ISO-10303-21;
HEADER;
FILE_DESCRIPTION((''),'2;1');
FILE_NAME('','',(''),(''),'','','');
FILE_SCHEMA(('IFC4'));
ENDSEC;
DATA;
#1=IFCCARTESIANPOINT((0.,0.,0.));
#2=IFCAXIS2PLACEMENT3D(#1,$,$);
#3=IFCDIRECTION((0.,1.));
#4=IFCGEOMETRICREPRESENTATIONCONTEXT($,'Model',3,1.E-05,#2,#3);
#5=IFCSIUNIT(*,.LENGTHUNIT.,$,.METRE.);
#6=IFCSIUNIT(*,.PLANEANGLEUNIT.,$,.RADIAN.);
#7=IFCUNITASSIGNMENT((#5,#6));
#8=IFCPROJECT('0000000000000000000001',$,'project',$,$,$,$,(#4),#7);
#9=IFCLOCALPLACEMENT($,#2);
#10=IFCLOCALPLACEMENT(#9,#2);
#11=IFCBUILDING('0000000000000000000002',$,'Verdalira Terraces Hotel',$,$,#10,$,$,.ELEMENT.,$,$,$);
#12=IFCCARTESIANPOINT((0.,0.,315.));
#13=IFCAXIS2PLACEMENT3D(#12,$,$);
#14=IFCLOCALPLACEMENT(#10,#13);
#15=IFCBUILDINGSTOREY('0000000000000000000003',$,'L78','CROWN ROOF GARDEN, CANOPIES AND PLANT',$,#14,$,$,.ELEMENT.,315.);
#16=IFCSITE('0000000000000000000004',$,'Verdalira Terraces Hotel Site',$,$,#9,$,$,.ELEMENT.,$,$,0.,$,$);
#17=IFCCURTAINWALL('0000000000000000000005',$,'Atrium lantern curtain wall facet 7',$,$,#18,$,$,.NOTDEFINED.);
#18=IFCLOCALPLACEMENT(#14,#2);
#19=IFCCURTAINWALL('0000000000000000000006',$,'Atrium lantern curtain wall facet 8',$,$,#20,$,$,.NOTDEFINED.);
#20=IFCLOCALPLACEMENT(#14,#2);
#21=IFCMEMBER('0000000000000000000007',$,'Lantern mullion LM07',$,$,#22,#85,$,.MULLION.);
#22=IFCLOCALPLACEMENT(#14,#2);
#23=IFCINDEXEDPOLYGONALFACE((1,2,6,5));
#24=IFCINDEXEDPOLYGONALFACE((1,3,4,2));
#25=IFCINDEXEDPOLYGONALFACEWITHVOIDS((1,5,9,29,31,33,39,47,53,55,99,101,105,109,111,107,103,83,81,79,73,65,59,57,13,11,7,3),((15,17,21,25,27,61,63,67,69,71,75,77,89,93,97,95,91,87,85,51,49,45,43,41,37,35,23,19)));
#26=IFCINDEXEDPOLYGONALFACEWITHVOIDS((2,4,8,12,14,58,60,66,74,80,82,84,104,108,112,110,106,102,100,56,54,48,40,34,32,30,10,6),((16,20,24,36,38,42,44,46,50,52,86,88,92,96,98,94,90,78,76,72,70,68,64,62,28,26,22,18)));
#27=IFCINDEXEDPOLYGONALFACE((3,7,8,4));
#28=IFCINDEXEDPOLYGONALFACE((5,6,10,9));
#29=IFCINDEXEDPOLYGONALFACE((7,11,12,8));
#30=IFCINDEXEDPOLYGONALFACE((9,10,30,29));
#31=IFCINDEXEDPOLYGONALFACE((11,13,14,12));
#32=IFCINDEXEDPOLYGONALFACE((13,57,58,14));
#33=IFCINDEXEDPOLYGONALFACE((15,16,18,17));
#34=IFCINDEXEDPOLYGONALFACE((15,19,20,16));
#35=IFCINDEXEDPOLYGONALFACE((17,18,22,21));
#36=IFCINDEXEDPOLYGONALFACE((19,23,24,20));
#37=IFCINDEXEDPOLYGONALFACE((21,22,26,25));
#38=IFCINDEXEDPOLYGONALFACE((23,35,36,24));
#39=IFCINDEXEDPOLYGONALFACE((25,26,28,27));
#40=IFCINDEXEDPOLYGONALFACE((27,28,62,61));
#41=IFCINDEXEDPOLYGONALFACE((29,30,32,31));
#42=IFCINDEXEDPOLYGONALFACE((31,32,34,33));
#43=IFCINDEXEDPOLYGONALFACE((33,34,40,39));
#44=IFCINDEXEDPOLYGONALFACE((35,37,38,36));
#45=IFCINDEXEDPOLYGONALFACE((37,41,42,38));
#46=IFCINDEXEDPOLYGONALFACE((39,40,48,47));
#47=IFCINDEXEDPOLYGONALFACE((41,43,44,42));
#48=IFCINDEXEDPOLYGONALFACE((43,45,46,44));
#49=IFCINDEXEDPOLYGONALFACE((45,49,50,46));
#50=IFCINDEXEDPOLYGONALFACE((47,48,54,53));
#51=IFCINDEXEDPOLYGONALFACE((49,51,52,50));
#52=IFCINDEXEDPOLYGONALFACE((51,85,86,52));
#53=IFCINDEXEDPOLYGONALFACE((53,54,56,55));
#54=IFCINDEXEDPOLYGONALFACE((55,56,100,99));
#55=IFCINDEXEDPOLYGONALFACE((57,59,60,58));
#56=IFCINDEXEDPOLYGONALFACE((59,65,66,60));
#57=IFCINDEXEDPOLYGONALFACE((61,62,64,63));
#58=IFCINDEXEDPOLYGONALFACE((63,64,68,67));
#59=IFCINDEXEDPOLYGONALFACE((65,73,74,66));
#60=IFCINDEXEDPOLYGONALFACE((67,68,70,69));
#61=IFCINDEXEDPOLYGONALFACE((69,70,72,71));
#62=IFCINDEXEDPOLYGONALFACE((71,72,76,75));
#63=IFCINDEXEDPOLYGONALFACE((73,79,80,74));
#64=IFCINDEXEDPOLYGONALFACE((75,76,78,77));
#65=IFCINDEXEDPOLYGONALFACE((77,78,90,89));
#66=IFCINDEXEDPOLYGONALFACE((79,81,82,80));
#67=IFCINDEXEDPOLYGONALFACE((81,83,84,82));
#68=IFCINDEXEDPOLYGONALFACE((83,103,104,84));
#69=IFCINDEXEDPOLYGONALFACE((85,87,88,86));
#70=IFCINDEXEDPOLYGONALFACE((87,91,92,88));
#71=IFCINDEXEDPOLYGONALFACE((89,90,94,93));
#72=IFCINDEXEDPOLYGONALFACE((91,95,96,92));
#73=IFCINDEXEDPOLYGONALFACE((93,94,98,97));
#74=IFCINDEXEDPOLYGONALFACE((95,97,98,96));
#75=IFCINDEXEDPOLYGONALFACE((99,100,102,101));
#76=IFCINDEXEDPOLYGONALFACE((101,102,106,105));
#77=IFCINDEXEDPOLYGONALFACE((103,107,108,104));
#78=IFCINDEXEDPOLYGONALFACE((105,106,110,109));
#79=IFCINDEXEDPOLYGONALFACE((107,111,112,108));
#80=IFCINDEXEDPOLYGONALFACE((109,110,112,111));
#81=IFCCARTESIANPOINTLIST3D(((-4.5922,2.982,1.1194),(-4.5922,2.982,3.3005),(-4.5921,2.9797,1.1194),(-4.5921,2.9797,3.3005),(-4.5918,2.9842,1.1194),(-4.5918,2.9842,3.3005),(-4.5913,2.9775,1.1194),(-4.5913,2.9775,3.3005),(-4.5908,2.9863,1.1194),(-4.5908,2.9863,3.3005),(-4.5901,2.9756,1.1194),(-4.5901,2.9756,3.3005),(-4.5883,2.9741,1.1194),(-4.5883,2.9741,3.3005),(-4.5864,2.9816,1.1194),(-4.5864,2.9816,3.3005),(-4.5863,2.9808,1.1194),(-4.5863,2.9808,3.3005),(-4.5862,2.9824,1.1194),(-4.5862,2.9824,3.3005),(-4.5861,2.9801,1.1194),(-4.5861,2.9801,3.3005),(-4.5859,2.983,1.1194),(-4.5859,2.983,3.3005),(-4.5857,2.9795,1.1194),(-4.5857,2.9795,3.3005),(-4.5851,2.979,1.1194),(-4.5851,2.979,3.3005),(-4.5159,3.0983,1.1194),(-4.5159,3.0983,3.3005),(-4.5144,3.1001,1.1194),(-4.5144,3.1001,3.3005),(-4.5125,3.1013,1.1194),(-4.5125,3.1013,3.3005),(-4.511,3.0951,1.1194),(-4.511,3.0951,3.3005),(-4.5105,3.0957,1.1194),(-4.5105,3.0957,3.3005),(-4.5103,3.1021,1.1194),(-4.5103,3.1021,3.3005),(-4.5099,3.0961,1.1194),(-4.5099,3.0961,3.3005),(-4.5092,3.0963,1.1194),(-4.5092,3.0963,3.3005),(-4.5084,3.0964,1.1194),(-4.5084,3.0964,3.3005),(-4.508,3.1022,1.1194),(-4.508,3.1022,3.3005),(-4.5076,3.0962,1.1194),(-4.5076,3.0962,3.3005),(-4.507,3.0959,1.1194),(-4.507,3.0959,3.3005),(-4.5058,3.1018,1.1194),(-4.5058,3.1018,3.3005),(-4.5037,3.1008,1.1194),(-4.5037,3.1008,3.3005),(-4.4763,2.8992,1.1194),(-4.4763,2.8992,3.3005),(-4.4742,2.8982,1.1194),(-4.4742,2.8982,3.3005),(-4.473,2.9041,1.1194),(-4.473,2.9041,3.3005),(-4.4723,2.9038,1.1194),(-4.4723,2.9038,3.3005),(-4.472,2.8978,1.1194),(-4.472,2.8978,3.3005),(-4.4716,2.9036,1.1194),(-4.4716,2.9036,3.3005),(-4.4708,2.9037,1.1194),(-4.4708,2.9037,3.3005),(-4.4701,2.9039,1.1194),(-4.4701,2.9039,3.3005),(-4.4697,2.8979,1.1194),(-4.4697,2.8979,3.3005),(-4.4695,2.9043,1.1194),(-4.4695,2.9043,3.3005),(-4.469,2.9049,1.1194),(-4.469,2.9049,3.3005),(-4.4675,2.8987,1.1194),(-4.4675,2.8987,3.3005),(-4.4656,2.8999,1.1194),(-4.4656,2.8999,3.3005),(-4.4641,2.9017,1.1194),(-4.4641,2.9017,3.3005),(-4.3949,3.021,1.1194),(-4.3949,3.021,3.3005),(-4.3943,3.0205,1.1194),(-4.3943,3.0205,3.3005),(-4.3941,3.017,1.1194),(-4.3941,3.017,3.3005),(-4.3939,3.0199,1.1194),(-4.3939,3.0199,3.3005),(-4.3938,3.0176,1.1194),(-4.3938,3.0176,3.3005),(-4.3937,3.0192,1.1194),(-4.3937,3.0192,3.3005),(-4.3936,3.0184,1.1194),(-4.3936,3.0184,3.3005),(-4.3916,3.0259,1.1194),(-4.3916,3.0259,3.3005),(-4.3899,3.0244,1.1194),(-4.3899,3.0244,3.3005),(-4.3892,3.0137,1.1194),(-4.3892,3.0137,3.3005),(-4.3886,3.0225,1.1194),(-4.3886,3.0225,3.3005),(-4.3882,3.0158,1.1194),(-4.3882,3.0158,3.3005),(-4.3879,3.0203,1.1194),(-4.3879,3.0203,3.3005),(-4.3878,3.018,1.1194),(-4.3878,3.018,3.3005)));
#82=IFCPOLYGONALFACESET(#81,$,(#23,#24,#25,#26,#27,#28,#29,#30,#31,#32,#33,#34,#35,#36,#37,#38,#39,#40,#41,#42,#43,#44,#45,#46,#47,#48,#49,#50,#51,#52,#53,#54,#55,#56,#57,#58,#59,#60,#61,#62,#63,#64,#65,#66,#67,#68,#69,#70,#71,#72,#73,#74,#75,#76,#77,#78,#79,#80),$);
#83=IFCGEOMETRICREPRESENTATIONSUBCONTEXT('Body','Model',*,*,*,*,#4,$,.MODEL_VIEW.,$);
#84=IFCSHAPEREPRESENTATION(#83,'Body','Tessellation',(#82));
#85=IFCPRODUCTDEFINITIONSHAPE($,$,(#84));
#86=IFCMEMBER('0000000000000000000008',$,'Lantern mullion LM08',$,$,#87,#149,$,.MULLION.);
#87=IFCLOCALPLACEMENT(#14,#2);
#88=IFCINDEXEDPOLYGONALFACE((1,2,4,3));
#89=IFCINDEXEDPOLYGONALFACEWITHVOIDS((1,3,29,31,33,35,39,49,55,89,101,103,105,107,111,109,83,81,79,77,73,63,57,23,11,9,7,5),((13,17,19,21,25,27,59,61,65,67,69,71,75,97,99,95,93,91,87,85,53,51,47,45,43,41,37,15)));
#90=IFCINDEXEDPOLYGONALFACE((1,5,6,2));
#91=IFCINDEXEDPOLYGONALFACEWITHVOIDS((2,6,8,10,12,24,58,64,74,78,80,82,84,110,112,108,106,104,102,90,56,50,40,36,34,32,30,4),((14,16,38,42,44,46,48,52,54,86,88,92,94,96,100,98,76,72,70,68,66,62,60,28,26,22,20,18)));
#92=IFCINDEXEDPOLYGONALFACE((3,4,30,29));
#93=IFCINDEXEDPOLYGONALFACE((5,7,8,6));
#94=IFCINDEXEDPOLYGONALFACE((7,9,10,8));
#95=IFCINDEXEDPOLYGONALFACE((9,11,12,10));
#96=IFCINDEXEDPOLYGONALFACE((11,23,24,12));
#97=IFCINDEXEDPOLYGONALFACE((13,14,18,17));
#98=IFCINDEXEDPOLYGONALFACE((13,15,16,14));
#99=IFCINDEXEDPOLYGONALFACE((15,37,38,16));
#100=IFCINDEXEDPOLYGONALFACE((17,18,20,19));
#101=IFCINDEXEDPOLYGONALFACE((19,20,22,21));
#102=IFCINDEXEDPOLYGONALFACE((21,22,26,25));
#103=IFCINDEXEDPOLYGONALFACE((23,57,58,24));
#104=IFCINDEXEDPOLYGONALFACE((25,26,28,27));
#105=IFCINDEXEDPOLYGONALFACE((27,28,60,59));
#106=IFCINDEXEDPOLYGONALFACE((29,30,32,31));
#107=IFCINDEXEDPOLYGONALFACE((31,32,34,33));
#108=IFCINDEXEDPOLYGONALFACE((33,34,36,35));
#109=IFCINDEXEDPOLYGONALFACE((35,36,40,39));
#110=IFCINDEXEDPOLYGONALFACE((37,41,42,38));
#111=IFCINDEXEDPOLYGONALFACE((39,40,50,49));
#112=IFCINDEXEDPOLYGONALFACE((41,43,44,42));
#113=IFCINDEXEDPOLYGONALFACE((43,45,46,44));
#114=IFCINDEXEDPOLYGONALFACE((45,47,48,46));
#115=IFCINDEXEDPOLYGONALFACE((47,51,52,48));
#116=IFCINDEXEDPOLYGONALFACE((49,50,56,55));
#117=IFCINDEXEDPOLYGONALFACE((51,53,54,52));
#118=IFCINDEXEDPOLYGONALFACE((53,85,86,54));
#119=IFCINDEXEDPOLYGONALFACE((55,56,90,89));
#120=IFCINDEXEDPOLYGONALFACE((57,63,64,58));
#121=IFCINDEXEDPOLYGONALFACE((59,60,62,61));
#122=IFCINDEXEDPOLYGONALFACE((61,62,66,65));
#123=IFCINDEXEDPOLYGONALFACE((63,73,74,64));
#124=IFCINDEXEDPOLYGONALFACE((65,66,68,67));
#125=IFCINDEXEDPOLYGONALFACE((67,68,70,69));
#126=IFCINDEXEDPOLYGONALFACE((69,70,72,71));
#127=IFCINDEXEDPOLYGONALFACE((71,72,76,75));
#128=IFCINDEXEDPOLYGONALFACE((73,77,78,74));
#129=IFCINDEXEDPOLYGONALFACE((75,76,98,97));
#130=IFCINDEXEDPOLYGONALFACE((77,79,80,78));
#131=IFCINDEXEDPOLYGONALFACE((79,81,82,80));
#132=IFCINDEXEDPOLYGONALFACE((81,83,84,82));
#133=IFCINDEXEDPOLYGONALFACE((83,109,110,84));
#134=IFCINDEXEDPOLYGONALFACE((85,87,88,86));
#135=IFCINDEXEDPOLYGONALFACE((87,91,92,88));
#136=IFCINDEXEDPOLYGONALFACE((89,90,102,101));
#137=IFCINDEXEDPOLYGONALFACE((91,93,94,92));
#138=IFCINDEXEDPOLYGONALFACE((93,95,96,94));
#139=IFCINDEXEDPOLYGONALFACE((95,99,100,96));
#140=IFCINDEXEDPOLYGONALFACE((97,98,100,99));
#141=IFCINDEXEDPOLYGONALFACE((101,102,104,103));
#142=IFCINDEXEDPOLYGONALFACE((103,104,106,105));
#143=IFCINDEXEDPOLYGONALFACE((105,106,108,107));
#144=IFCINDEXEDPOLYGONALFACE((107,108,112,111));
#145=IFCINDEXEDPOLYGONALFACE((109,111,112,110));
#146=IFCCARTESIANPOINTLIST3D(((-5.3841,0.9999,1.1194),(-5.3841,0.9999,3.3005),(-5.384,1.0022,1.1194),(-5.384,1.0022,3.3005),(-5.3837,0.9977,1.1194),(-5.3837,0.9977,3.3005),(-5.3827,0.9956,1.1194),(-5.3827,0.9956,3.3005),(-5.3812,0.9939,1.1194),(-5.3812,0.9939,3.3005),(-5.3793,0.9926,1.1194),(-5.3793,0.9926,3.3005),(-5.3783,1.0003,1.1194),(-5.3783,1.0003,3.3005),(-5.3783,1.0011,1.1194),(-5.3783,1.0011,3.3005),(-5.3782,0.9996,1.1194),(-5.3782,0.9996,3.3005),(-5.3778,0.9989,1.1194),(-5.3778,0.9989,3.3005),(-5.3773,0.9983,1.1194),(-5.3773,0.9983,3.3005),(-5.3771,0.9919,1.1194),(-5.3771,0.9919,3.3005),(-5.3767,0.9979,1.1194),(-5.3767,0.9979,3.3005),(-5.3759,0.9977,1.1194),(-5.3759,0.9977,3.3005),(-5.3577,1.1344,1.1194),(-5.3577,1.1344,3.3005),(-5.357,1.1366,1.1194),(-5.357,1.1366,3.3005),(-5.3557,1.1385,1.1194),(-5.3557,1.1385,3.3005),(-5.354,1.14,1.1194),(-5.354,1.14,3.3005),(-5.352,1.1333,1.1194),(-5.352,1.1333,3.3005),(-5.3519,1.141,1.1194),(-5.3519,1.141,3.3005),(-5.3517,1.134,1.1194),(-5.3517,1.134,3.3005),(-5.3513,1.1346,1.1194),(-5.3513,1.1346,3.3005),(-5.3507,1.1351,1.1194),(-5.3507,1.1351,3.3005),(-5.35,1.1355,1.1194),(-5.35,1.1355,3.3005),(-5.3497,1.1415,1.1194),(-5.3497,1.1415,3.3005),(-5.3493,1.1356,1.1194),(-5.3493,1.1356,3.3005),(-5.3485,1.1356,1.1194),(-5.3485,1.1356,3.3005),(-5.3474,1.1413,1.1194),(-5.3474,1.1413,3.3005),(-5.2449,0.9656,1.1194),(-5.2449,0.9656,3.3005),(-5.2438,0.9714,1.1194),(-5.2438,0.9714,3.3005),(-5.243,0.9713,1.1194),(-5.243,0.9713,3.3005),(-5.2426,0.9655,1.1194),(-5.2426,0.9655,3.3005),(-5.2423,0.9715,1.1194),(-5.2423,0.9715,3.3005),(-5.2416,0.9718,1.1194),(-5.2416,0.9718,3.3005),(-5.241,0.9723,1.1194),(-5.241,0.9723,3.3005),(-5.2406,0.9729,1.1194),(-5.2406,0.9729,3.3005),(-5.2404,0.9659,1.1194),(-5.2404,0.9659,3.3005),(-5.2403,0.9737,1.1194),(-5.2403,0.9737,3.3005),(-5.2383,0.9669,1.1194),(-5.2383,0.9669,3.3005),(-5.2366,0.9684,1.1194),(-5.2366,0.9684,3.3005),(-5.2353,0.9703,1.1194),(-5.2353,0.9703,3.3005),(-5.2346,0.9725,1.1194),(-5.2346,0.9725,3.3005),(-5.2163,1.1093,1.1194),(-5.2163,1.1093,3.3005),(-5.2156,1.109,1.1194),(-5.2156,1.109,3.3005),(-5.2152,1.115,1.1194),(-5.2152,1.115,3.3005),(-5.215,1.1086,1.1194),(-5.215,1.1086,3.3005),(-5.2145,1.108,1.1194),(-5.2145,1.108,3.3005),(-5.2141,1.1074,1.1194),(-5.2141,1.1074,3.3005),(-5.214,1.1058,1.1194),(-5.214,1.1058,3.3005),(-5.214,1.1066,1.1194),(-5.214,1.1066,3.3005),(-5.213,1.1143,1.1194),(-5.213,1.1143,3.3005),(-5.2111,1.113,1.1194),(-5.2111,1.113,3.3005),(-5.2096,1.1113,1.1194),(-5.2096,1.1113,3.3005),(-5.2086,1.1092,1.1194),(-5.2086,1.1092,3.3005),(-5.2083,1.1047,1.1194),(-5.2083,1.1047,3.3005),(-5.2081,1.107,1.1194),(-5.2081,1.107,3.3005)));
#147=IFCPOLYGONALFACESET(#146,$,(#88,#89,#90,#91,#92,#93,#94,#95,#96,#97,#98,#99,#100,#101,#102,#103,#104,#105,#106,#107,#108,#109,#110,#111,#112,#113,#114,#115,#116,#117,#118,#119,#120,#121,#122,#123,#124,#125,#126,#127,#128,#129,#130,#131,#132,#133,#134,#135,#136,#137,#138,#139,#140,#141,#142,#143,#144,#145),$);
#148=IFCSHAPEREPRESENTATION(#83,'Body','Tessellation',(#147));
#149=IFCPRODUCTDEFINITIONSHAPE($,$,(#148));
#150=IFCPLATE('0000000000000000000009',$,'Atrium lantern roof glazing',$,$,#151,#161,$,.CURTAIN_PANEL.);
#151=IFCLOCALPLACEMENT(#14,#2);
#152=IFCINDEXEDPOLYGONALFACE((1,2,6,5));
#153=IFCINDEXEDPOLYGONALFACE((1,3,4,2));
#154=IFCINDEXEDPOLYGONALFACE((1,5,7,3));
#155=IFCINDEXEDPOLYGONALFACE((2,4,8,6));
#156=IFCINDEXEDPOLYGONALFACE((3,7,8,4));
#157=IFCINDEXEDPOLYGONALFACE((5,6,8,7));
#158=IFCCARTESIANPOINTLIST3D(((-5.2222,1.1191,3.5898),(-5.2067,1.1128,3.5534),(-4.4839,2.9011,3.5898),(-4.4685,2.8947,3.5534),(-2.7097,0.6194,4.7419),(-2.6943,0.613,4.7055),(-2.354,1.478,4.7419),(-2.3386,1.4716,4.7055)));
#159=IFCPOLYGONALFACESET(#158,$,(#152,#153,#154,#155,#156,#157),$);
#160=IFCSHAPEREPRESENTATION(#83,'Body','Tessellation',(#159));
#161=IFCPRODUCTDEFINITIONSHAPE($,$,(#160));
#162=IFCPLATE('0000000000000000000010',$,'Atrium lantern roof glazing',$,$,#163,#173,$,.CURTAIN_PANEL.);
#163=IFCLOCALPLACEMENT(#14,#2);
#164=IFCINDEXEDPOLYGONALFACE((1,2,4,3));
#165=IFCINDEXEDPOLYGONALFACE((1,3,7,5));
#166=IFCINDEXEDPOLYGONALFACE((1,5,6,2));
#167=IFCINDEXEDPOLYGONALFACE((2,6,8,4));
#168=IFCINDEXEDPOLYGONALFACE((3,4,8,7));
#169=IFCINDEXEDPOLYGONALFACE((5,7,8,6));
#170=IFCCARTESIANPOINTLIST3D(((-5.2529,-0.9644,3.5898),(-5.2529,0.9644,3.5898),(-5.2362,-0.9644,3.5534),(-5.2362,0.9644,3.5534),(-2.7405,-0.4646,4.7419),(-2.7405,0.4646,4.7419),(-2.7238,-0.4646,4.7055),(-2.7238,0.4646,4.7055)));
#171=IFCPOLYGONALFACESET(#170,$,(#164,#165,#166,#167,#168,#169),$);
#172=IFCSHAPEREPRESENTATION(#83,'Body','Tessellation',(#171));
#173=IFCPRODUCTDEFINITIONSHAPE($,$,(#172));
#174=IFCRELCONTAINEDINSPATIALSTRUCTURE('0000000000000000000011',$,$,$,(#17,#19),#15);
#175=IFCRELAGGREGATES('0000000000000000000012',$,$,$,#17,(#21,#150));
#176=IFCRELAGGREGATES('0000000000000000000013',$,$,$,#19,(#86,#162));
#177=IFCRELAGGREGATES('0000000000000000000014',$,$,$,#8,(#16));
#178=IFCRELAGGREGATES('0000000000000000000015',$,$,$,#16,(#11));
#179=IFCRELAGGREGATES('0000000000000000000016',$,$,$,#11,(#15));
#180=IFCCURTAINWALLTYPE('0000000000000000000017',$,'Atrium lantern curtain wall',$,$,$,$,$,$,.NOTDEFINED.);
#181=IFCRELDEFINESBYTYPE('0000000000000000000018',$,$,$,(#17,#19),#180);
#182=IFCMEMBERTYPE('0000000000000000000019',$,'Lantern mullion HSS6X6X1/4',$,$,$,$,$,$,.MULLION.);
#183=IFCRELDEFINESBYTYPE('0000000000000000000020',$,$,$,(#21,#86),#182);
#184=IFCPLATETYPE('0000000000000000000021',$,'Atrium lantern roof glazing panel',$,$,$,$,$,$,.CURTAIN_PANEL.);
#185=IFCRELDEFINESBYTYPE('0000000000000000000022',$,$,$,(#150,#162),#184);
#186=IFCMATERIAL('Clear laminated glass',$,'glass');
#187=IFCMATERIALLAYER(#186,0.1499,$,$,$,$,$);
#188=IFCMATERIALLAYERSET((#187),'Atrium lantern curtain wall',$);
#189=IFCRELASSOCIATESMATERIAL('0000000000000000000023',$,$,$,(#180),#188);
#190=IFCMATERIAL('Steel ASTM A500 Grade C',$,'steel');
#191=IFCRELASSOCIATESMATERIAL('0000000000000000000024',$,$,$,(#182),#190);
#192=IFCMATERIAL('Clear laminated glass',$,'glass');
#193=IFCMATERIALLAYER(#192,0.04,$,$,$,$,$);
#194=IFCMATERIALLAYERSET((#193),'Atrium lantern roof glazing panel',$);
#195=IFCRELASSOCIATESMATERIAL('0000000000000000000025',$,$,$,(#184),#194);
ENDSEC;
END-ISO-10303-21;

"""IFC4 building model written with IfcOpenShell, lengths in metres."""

from ifc_helpers import new_model, si_unit, direction, frame, origin, origin_2d, place, context, subcontext, project, spatial, polyline, hollow_rectangle, outline, extrude, material, layer, layer_set, material_profile, profile_set, type_object, element, aggregate, save


model = new_model("IFC4")

# Units and contexts
model_context = context("Model", 3, precision=1e-05, world=origin(), true_north=direction((0.0, 1.0)))
body_context = subcontext(model_context, "Body", "Model", "MODEL_VIEW")
ifc_project = project(units=[si_unit("LENGTHUNIT", "METRE"), si_unit("PLANEANGLEUNIT", "RADIAN")], contexts=[model_context])

# Site, building, storey
site_placement = place(None, origin())
site = spatial("IfcSite", under=ifc_project, at=site_placement, Name="Verdalira Terraces Hotel Site", CompositionType="ELEMENT", RefElevation=0.0)
building_placement = place(site_placement, origin())
building = spatial("IfcBuilding", under=site, at=building_placement, Name="Verdalira Terraces Hotel", CompositionType="ELEMENT")
storey_placement = place(building_placement, frame((0.0, 0.0, 315.0)))
storey = spatial("IfcBuildingStorey", under=building, at=storey_placement, Name="L78", Description="CROWN ROOF GARDEN, CANOPIES AND PLANT", CompositionType="ELEMENT", Elevation=315.0)

# Curtain wall
ifc_material_1 = material(Name="Clear laminated glass", Category="glass")
ifc_layer_1 = layer(ifc_material_1, 0.1499)
ifc_layer_set_1 = layer_set([ifc_layer_1], Name="Atrium lantern curtain wall")
curtain_wall_type = type_object("IfcCurtainWallType", Name="Atrium lantern curtain wall", PredefinedType="NOTDEFINED", material=ifc_layer_set_1)
curtain_wall_1_placement = place(storey_placement, origin())
curtain_wall_1 = element("IfcCurtainWall", 1, at=curtain_wall_1_placement, inside=storey, type_object=curtain_wall_type, Name="Atrium lantern curtain wall facet 7", PredefinedType="NOTDEFINED")

# Curtain wall
curtain_wall_2_placement = place(storey_placement, origin())
curtain_wall_2 = element("IfcCurtainWall", 2, at=curtain_wall_2_placement, inside=storey, type_object=curtain_wall_type, Name="Atrium lantern curtain wall facet 8", PredefinedType="NOTDEFINED")

# Members
ifc_material_2 = material(Name="Steel ASTM A500 Grade C", Category="steel")
ifc_material_profile_1 = material_profile(ifc_material_2, hollow_rectangle(XDim=0.1523, YDim=0.1523, WallThickness=0.0059, InnerFilletRadius=0.0029, OuterFilletRadius=0.0088, at=origin_2d()), Name="HSS6X6X1/4")
ifc_profile_set_1 = profile_set([ifc_material_profile_1], Name="Steel ASTM A500 Grade C")
member_type_1 = type_object("IfcMemberType", Name="Lantern mullion HSS6X6X1/4", PredefinedType="MULLION", material=ifc_profile_set_1)
member_1_placement = place(storey_placement, frame((-4.49, 3.0, 1.1194), z_axis=(0.0, 0.0, 1.0), x_axis=(-0.83147, 0.55557, 0.0)))
member_1 = element("IfcMember", 3, at=member_1_placement, type_object=member_type_1, Name="Lantern mullion LM07", PredefinedType="MULLION", context=body_context, shape_type="SweptSolid", body=[
    extrude(hollow_rectangle(XDim=0.1523, YDim=0.1523, WallThickness=0.0059, InnerFilletRadius=0.0029, OuterFilletRadius=0.0088, at=origin_2d()), origin(), (0.0, 0.0, 1.0), 2.1812),
])
member_2_placement = place(storey_placement, frame((-5.2961, 1.0535, 1.1194), z_axis=(0.0, 0.0, 1.0), x_axis=(-0.980785, 0.19509, 0.0)))
member_2 = element("IfcMember", 4, at=member_2_placement, type_object=member_type_1, Name="Lantern mullion LM08", PredefinedType="MULLION", context=body_context, shape_type="SweptSolid", body=[
    extrude(hollow_rectangle(XDim=0.1523, YDim=0.1523, WallThickness=0.0059, InnerFilletRadius=0.0029, OuterFilletRadius=0.0088, at=origin_2d()), origin(), (0.0, 0.0, 1.0), 2.1812),
])

# Plates
ifc_material_3 = material(Name="Clear laminated glass", Category="glass")
ifc_layer_2 = layer(ifc_material_3, 0.04)
ifc_layer_set_2 = layer_set([ifc_layer_2], Name="Atrium lantern roof glazing panel")
plate_type = type_object("IfcPlateType", Name="Atrium lantern roof glazing panel", PredefinedType="CURTAIN_PANEL", material=ifc_layer_set_2)
plate_1_placement = place(storey_placement, frame((-4.4839, 2.9011, 3.5898), z_axis=(-0.385089, 0.15954, 0.908985), x_axis=(-0.382753, -0.923851, -0.000003)))
plate_1 = element("IfcPlate", 5, at=plate_1_placement, type_object=plate_type, Name="Atrium lantern roof glazing", PredefinedType="CURTAIN_PANEL", context=body_context, shape_type="SweptSolid", body=[
    extrude(outline(polyline([(0.0, 0.0), (1.9289, 0.0), (1.4289, 2.764), (0.4995, 2.764), (0.0, 0.0)])), origin(), (0.0, 0.0, -1.0), 0.04),
])
plate_2_placement = place(storey_placement, frame((-5.2529, 0.9644, 3.5898), z_axis=(-0.416822, 0.0, 0.908988), x_axis=(0.0, -1.0, 0.0)))
plate_2 = element("IfcPlate", 6, at=plate_2_placement, type_object=plate_type, Name="Atrium lantern roof glazing", PredefinedType="CURTAIN_PANEL", context=body_context, shape_type="SweptSolid", body=[
    extrude(outline(polyline([(0.0, 0.0), (1.9287, 0.0), (1.429, 2.764), (0.4998, 2.764), (0.0, 0.0)])), origin(), (0.0, 0.0, -1.0), 0.04),
])

aggregate(curtain_wall_1, [member_1, plate_1])
aggregate(curtain_wall_2, [member_2, plate_2])

save(model, "model.ifc")
